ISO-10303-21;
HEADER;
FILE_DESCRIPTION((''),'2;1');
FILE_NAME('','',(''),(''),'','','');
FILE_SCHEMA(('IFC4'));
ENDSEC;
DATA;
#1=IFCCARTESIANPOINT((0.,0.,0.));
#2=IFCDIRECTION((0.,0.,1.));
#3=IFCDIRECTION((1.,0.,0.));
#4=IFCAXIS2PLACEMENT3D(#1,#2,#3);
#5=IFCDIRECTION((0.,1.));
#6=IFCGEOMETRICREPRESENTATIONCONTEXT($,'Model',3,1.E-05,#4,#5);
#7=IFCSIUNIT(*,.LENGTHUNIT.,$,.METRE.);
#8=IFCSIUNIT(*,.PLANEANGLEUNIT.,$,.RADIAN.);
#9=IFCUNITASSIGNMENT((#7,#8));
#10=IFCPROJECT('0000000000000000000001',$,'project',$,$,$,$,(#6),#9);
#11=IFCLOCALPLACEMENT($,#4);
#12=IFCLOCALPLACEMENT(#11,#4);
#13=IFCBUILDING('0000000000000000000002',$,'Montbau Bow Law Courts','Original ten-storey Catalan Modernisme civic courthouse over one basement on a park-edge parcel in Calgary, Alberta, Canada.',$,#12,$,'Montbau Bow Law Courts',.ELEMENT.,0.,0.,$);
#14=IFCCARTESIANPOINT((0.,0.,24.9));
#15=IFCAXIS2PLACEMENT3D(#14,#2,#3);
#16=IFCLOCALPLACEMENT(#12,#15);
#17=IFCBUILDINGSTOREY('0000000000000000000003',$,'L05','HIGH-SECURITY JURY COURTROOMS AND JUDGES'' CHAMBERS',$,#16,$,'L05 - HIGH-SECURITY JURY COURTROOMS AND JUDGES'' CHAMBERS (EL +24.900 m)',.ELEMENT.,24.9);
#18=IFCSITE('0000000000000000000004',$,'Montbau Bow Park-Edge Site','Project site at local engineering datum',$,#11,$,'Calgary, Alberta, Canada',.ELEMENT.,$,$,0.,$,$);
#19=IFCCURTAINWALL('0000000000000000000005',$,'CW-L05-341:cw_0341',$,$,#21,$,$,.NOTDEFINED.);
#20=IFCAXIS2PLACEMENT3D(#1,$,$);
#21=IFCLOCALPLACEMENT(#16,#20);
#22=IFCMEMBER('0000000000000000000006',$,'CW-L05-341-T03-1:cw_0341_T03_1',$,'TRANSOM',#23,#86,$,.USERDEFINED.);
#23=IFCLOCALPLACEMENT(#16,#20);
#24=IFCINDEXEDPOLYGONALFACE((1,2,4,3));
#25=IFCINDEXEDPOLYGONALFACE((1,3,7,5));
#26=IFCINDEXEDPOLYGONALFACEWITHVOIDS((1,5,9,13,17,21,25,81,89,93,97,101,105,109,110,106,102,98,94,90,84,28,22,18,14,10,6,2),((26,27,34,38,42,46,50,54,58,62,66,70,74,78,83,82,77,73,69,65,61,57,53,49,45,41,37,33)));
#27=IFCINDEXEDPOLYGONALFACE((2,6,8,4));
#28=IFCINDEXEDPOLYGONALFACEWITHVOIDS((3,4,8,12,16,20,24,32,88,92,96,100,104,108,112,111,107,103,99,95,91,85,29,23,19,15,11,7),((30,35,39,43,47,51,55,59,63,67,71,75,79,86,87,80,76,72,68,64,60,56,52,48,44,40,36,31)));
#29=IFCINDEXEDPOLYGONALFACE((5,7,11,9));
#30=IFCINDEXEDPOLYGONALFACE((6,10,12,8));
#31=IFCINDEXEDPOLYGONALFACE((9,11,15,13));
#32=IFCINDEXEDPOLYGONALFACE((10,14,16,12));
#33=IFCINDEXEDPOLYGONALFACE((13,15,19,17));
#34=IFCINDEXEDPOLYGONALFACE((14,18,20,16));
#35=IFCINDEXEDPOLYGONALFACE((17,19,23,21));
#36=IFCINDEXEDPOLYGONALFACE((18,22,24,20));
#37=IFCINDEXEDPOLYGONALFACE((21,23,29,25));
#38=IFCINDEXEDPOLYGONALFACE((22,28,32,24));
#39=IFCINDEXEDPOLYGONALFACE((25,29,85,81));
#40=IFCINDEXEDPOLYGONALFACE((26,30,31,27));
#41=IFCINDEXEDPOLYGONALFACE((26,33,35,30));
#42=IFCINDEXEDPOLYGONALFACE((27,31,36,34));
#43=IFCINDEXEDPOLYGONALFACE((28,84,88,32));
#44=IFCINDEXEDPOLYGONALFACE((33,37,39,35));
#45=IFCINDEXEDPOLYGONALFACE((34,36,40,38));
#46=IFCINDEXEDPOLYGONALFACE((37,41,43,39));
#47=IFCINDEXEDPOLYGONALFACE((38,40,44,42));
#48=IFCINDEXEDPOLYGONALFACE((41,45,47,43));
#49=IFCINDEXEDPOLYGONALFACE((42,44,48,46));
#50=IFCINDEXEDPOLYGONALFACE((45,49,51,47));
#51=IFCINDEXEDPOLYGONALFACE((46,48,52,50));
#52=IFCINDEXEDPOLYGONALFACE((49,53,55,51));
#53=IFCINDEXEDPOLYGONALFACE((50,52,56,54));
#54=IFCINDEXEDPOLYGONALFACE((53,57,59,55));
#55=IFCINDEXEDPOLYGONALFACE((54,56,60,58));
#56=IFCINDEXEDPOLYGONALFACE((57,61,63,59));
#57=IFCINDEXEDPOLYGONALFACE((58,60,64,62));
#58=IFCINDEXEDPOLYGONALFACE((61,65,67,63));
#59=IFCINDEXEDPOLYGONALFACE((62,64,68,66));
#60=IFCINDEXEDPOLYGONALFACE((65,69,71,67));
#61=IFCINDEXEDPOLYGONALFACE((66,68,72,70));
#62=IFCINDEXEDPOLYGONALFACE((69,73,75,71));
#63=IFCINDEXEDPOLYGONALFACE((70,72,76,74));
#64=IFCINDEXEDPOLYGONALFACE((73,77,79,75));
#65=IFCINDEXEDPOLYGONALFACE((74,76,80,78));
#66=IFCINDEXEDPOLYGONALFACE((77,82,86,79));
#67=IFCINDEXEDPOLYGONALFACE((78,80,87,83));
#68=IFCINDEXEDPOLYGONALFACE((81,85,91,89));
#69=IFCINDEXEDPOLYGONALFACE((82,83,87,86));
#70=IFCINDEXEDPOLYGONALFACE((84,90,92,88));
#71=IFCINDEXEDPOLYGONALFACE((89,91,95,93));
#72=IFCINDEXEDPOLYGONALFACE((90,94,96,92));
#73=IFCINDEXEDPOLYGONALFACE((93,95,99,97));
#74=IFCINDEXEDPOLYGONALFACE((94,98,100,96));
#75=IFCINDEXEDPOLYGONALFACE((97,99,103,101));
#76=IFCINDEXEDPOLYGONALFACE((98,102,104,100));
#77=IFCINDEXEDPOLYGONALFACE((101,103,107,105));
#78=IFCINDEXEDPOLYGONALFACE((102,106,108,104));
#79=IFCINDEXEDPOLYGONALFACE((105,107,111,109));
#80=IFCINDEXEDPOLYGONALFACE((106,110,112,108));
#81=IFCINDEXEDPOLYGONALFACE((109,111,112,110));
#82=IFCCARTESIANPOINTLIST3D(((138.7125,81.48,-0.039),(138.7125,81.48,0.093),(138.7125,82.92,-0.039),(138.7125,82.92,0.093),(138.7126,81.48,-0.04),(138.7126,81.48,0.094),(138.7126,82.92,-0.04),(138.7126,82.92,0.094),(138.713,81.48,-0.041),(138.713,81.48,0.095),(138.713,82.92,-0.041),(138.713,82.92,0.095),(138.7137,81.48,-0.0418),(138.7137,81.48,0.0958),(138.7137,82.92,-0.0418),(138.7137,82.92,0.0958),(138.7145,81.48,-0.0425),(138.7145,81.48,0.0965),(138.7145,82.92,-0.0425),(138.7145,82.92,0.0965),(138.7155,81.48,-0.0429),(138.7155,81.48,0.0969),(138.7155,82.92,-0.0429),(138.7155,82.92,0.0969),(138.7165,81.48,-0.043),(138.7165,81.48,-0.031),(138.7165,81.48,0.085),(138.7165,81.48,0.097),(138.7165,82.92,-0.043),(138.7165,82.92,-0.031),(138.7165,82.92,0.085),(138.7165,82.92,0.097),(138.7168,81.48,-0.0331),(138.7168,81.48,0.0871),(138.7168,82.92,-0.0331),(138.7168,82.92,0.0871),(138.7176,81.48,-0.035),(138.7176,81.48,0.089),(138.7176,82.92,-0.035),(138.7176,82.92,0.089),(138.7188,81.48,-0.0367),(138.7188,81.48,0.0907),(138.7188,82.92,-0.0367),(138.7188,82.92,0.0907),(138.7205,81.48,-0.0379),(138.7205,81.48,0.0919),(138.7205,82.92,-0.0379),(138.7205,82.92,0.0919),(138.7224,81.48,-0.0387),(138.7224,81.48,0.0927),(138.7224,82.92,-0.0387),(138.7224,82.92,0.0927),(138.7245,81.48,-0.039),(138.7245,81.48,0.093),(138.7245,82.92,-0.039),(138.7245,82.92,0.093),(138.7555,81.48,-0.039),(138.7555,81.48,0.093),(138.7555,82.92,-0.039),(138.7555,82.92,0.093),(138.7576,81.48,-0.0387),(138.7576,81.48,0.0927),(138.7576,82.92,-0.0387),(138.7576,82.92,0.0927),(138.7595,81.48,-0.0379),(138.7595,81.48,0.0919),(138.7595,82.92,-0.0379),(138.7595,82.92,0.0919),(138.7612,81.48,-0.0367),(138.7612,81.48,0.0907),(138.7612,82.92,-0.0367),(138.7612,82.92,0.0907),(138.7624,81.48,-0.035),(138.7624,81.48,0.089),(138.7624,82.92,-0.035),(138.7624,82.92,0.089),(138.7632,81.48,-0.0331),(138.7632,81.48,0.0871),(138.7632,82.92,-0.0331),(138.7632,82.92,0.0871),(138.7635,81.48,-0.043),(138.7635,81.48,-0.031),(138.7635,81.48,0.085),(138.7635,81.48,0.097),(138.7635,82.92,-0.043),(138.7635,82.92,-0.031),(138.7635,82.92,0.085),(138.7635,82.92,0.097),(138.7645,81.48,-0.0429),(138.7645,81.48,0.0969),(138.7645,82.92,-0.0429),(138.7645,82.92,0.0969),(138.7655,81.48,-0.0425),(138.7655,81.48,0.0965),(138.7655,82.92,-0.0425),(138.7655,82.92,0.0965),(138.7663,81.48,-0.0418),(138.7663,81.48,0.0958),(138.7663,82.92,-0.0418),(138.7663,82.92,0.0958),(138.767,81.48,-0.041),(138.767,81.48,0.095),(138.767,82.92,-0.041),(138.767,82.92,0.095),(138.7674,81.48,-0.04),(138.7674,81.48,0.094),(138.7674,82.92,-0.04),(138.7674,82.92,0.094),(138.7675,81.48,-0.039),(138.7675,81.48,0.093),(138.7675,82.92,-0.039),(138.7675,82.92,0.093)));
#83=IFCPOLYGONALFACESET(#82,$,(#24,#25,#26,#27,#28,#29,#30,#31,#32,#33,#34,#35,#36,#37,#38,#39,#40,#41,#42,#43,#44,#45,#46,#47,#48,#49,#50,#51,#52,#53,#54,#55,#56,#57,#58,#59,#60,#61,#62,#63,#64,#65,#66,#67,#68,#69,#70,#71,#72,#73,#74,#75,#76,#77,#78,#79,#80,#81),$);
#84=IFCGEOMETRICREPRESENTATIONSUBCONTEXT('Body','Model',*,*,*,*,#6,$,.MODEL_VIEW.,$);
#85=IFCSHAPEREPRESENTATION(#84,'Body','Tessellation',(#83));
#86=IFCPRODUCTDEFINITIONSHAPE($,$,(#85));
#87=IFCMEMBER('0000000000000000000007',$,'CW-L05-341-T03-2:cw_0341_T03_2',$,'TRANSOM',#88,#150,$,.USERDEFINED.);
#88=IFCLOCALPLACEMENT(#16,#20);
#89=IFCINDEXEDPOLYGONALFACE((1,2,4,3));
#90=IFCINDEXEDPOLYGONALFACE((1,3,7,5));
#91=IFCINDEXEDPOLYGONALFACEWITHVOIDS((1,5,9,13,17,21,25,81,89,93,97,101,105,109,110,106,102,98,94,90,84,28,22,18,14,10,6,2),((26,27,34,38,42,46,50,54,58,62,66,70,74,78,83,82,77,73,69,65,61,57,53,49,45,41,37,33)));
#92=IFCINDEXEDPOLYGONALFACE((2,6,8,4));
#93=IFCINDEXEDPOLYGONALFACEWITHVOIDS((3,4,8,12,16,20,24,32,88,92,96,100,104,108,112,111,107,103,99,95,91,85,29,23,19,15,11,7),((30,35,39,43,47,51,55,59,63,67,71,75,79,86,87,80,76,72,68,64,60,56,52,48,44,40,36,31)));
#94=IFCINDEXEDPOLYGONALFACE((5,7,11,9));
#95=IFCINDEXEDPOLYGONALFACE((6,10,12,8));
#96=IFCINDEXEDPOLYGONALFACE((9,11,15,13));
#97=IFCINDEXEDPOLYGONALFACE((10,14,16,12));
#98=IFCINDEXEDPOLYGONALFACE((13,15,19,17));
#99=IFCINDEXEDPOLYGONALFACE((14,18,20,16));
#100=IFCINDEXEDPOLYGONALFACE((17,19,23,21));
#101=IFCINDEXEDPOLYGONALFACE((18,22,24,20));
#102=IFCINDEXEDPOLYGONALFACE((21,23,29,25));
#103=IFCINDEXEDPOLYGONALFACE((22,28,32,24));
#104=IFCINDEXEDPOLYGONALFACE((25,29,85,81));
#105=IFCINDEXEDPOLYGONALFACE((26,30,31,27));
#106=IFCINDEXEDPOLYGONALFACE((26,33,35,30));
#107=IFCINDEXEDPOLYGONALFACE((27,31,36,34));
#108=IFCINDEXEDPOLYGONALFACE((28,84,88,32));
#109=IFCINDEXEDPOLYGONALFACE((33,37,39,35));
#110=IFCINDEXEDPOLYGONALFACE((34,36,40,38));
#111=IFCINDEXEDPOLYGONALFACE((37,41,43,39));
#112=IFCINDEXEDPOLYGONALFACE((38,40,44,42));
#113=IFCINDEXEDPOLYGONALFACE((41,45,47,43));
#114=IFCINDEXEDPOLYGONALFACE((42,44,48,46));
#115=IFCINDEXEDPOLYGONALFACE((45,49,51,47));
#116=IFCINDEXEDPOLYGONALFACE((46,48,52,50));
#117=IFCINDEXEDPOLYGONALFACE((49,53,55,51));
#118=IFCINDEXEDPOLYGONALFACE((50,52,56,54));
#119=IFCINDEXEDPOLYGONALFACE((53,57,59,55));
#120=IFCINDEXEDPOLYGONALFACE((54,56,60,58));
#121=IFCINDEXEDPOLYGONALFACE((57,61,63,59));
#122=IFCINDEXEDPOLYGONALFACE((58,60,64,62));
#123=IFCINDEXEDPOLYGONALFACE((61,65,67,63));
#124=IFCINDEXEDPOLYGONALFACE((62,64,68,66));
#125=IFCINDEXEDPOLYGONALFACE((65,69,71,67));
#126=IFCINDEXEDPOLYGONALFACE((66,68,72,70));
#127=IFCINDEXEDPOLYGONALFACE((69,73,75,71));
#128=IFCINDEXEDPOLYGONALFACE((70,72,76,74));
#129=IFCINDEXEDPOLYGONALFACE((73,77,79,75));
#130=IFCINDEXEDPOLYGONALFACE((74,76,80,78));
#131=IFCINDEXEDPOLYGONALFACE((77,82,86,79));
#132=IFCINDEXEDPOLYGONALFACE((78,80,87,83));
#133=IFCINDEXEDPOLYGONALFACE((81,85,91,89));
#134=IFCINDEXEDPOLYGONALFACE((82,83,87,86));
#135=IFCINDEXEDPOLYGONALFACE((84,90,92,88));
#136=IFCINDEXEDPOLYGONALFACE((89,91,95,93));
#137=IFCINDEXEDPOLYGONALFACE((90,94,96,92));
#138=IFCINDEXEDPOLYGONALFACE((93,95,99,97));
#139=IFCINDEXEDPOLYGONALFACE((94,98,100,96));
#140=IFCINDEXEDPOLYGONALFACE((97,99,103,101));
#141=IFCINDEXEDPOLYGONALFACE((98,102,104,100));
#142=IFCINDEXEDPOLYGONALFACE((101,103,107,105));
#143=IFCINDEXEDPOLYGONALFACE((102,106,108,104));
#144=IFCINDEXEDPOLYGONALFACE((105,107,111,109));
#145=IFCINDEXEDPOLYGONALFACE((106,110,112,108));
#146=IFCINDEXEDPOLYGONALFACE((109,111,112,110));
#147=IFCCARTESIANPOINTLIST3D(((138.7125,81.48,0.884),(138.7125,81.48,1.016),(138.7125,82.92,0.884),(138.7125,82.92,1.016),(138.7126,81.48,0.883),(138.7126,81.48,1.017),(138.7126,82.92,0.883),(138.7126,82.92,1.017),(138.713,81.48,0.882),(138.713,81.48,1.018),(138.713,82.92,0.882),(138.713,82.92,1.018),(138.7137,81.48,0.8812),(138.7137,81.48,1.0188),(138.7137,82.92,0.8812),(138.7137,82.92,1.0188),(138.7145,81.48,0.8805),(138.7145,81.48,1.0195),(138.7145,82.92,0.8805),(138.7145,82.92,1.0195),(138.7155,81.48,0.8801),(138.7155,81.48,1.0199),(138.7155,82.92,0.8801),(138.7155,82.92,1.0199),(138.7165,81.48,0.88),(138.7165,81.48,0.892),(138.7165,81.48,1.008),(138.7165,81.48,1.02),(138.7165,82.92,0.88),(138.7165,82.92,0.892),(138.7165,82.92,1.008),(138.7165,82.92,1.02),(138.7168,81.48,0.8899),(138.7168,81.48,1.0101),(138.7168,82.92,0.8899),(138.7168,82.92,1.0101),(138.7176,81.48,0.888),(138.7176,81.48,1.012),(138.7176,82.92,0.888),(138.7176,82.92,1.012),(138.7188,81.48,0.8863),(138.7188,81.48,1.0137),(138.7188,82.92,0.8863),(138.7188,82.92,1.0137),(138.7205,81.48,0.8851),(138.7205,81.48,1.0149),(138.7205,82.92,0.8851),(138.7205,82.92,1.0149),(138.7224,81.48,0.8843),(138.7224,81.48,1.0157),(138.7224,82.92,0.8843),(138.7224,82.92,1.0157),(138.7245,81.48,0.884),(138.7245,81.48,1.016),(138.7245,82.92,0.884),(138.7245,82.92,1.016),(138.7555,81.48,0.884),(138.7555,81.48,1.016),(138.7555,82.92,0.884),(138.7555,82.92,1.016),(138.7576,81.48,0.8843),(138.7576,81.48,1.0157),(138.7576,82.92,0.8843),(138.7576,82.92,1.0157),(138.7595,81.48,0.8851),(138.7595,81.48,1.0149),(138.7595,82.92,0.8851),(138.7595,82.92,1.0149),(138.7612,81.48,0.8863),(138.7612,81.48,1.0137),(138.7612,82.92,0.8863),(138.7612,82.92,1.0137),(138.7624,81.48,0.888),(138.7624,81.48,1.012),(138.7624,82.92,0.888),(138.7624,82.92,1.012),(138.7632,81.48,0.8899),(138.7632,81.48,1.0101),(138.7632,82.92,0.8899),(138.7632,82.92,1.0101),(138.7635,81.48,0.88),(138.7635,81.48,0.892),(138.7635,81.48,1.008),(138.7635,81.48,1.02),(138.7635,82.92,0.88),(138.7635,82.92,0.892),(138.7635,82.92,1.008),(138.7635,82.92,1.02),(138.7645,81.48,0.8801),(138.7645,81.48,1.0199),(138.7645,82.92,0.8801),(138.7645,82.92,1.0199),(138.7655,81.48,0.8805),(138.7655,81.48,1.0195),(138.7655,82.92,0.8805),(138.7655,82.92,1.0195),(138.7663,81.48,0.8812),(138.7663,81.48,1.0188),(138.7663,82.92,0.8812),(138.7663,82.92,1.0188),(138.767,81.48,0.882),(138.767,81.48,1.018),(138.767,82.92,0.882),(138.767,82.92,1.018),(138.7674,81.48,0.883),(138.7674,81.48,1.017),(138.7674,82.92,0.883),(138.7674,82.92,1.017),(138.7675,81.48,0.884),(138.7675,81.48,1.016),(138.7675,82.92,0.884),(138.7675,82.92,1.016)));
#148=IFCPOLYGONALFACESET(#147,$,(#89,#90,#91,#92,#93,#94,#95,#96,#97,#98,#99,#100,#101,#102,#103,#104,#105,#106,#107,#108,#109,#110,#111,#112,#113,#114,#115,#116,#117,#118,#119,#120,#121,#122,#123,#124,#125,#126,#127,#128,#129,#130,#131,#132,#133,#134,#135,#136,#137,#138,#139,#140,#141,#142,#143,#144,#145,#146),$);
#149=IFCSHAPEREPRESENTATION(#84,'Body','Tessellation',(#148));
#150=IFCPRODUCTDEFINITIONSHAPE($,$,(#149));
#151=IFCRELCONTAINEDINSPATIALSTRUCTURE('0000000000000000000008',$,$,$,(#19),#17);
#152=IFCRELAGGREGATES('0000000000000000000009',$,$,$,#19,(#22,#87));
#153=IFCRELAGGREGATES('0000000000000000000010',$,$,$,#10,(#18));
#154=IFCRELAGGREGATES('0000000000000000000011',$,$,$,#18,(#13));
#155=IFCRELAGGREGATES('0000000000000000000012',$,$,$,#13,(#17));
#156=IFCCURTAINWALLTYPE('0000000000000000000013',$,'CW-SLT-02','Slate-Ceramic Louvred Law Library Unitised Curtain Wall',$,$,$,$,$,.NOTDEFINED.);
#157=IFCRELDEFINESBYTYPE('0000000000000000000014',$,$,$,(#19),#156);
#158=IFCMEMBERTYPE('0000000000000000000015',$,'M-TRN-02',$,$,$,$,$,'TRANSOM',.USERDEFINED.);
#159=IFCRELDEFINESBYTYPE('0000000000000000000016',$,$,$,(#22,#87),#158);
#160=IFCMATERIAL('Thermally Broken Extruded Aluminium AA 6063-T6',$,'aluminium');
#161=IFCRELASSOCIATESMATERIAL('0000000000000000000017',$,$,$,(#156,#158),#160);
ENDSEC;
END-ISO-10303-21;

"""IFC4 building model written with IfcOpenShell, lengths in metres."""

from ifc_helpers import new_model, si_unit, direction, frame, origin_with_axes, origin_2d_with_axis, place, context, subcontext, project, spatial, hollow_rectangle, extrude, material, material_profile, profile_set, type_object, element, aggregate, save


model = new_model("IFC4")

# Units and contexts
model_context = context("Model", 3, precision=1e-05, world=origin_with_axes(), true_north=direction((0.0, 1.0)))
body_context = subcontext(model_context, "Body", "Model", "MODEL_VIEW")
ifc_project = project(units=[si_unit("LENGTHUNIT", "METRE"), si_unit("PLANEANGLEUNIT", "RADIAN")], contexts=[model_context])

# Site, building, storey
site_placement = place(None, origin_with_axes())
site = spatial("IfcSite", under=ifc_project, at=site_placement, Name="Montbau Bow Park-Edge Site", Description="Project site at local engineering datum", LongName="Calgary, Alberta, Canada", CompositionType="ELEMENT", RefElevation=0.0)
building_placement = place(site_placement, origin_with_axes())
building = spatial("IfcBuilding", under=site, at=building_placement, Name="Montbau Bow Law Courts", Description="Original ten-storey Catalan Modernisme civic courthouse over one basement on a park-edge parcel in Calgary, Alberta, Canada.", LongName="Montbau Bow Law Courts", CompositionType="ELEMENT", ElevationOfRefHeight=0.0, ElevationOfTerrain=0.0)
storey_placement = place(building_placement, frame((0.0, 0.0, 24.9), z_axis=(0.0, 0.0, 1.0), x_axis=(1.0, 0.0, 0.0)))
storey = spatial("IfcBuildingStorey", under=building, at=storey_placement, Name="L05", Description="HIGH-SECURITY JURY COURTROOMS AND JUDGES' CHAMBERS", LongName="L05 - HIGH-SECURITY JURY COURTROOMS AND JUDGES' CHAMBERS (EL +24.900 m)", CompositionType="ELEMENT", Elevation=24.9)

# Curtain wall, members
ifc_material_1 = material(Name="Thermally Broken Extruded Aluminium AA 6063-T6", Category="aluminium")
curtain_wall_type = type_object("IfcCurtainWallType", Name="CW-SLT-02", Description="Slate-Ceramic Louvred Law Library Unitised Curtain Wall", PredefinedType="NOTDEFINED", material=ifc_material_1)
ifc_material_profile = material_profile(ifc_material_1, hollow_rectangle(XDim=0.055, YDim=0.14, WallThickness=0.004, InnerFilletRadius=0.008, OuterFilletRadius=0.004, at=origin_2d_with_axis()), Name="CWT-140X55", Category="Main", Priority=0)
ifc_profile_set = profile_set([ifc_material_profile], Name="Thermally Broken Extruded Aluminium AA 6063-T6")
member_type = type_object("IfcMemberType", Name="M-TRN-02", ElementType="TRANSOM", PredefinedType="USERDEFINED", material=ifc_profile_set)
curtain_wall_1_placement = place(None, frame((138.74, 78.44, 24.9), z_axis=(0.0, 0.0, 1.0), x_axis=(1.0, 0.0, 0.0)))
curtain_wall_1 = element("IfcCurtainWall", 1, at=curtain_wall_1_placement, inside=storey, type_object=curtain_wall_type, Name="CW-L05-341:cw_0341", PredefinedType="NOTDEFINED")
member_1_placement = place(None, frame((138.74, 81.48, 24.927), z_axis=(0.0, 1.0, 0.0), x_axis=(-1.0, 0.0, 0.0)))
member_1 = element("IfcMember", 2, at=member_1_placement, type_object=member_type, Name="CW-L05-341-T03-1:cw_0341_T03_1", ObjectType="TRANSOM", PredefinedType="USERDEFINED", context=body_context, shape_type="SweptSolid", body=[
    extrude(hollow_rectangle(XDim=0.055, YDim=0.14, WallThickness=0.004, InnerFilletRadius=0.008, OuterFilletRadius=0.004, at=origin_2d_with_axis()), origin_with_axes(), (0.0, 0.0, 1.0), 1.44),
])
member_2_placement = place(None, frame((138.74, 81.48, 25.85), z_axis=(0.0, 1.0, 0.0), x_axis=(-1.0, 0.0, 0.0)))
member_2 = element("IfcMember", 3, at=member_2_placement, type_object=member_type, Name="CW-L05-341-T03-2:cw_0341_T03_2", ObjectType="TRANSOM", PredefinedType="USERDEFINED", context=body_context, shape_type="SweptSolid", body=[
    extrude(hollow_rectangle(XDim=0.055, YDim=0.14, WallThickness=0.004, InnerFilletRadius=0.008, OuterFilletRadius=0.004, at=origin_2d_with_axis()), origin_with_axes(), (0.0, 0.0, 1.0), 1.44),
])

aggregate(curtain_wall_1, [member_1, member_2])

save(model, "model.ifc")
